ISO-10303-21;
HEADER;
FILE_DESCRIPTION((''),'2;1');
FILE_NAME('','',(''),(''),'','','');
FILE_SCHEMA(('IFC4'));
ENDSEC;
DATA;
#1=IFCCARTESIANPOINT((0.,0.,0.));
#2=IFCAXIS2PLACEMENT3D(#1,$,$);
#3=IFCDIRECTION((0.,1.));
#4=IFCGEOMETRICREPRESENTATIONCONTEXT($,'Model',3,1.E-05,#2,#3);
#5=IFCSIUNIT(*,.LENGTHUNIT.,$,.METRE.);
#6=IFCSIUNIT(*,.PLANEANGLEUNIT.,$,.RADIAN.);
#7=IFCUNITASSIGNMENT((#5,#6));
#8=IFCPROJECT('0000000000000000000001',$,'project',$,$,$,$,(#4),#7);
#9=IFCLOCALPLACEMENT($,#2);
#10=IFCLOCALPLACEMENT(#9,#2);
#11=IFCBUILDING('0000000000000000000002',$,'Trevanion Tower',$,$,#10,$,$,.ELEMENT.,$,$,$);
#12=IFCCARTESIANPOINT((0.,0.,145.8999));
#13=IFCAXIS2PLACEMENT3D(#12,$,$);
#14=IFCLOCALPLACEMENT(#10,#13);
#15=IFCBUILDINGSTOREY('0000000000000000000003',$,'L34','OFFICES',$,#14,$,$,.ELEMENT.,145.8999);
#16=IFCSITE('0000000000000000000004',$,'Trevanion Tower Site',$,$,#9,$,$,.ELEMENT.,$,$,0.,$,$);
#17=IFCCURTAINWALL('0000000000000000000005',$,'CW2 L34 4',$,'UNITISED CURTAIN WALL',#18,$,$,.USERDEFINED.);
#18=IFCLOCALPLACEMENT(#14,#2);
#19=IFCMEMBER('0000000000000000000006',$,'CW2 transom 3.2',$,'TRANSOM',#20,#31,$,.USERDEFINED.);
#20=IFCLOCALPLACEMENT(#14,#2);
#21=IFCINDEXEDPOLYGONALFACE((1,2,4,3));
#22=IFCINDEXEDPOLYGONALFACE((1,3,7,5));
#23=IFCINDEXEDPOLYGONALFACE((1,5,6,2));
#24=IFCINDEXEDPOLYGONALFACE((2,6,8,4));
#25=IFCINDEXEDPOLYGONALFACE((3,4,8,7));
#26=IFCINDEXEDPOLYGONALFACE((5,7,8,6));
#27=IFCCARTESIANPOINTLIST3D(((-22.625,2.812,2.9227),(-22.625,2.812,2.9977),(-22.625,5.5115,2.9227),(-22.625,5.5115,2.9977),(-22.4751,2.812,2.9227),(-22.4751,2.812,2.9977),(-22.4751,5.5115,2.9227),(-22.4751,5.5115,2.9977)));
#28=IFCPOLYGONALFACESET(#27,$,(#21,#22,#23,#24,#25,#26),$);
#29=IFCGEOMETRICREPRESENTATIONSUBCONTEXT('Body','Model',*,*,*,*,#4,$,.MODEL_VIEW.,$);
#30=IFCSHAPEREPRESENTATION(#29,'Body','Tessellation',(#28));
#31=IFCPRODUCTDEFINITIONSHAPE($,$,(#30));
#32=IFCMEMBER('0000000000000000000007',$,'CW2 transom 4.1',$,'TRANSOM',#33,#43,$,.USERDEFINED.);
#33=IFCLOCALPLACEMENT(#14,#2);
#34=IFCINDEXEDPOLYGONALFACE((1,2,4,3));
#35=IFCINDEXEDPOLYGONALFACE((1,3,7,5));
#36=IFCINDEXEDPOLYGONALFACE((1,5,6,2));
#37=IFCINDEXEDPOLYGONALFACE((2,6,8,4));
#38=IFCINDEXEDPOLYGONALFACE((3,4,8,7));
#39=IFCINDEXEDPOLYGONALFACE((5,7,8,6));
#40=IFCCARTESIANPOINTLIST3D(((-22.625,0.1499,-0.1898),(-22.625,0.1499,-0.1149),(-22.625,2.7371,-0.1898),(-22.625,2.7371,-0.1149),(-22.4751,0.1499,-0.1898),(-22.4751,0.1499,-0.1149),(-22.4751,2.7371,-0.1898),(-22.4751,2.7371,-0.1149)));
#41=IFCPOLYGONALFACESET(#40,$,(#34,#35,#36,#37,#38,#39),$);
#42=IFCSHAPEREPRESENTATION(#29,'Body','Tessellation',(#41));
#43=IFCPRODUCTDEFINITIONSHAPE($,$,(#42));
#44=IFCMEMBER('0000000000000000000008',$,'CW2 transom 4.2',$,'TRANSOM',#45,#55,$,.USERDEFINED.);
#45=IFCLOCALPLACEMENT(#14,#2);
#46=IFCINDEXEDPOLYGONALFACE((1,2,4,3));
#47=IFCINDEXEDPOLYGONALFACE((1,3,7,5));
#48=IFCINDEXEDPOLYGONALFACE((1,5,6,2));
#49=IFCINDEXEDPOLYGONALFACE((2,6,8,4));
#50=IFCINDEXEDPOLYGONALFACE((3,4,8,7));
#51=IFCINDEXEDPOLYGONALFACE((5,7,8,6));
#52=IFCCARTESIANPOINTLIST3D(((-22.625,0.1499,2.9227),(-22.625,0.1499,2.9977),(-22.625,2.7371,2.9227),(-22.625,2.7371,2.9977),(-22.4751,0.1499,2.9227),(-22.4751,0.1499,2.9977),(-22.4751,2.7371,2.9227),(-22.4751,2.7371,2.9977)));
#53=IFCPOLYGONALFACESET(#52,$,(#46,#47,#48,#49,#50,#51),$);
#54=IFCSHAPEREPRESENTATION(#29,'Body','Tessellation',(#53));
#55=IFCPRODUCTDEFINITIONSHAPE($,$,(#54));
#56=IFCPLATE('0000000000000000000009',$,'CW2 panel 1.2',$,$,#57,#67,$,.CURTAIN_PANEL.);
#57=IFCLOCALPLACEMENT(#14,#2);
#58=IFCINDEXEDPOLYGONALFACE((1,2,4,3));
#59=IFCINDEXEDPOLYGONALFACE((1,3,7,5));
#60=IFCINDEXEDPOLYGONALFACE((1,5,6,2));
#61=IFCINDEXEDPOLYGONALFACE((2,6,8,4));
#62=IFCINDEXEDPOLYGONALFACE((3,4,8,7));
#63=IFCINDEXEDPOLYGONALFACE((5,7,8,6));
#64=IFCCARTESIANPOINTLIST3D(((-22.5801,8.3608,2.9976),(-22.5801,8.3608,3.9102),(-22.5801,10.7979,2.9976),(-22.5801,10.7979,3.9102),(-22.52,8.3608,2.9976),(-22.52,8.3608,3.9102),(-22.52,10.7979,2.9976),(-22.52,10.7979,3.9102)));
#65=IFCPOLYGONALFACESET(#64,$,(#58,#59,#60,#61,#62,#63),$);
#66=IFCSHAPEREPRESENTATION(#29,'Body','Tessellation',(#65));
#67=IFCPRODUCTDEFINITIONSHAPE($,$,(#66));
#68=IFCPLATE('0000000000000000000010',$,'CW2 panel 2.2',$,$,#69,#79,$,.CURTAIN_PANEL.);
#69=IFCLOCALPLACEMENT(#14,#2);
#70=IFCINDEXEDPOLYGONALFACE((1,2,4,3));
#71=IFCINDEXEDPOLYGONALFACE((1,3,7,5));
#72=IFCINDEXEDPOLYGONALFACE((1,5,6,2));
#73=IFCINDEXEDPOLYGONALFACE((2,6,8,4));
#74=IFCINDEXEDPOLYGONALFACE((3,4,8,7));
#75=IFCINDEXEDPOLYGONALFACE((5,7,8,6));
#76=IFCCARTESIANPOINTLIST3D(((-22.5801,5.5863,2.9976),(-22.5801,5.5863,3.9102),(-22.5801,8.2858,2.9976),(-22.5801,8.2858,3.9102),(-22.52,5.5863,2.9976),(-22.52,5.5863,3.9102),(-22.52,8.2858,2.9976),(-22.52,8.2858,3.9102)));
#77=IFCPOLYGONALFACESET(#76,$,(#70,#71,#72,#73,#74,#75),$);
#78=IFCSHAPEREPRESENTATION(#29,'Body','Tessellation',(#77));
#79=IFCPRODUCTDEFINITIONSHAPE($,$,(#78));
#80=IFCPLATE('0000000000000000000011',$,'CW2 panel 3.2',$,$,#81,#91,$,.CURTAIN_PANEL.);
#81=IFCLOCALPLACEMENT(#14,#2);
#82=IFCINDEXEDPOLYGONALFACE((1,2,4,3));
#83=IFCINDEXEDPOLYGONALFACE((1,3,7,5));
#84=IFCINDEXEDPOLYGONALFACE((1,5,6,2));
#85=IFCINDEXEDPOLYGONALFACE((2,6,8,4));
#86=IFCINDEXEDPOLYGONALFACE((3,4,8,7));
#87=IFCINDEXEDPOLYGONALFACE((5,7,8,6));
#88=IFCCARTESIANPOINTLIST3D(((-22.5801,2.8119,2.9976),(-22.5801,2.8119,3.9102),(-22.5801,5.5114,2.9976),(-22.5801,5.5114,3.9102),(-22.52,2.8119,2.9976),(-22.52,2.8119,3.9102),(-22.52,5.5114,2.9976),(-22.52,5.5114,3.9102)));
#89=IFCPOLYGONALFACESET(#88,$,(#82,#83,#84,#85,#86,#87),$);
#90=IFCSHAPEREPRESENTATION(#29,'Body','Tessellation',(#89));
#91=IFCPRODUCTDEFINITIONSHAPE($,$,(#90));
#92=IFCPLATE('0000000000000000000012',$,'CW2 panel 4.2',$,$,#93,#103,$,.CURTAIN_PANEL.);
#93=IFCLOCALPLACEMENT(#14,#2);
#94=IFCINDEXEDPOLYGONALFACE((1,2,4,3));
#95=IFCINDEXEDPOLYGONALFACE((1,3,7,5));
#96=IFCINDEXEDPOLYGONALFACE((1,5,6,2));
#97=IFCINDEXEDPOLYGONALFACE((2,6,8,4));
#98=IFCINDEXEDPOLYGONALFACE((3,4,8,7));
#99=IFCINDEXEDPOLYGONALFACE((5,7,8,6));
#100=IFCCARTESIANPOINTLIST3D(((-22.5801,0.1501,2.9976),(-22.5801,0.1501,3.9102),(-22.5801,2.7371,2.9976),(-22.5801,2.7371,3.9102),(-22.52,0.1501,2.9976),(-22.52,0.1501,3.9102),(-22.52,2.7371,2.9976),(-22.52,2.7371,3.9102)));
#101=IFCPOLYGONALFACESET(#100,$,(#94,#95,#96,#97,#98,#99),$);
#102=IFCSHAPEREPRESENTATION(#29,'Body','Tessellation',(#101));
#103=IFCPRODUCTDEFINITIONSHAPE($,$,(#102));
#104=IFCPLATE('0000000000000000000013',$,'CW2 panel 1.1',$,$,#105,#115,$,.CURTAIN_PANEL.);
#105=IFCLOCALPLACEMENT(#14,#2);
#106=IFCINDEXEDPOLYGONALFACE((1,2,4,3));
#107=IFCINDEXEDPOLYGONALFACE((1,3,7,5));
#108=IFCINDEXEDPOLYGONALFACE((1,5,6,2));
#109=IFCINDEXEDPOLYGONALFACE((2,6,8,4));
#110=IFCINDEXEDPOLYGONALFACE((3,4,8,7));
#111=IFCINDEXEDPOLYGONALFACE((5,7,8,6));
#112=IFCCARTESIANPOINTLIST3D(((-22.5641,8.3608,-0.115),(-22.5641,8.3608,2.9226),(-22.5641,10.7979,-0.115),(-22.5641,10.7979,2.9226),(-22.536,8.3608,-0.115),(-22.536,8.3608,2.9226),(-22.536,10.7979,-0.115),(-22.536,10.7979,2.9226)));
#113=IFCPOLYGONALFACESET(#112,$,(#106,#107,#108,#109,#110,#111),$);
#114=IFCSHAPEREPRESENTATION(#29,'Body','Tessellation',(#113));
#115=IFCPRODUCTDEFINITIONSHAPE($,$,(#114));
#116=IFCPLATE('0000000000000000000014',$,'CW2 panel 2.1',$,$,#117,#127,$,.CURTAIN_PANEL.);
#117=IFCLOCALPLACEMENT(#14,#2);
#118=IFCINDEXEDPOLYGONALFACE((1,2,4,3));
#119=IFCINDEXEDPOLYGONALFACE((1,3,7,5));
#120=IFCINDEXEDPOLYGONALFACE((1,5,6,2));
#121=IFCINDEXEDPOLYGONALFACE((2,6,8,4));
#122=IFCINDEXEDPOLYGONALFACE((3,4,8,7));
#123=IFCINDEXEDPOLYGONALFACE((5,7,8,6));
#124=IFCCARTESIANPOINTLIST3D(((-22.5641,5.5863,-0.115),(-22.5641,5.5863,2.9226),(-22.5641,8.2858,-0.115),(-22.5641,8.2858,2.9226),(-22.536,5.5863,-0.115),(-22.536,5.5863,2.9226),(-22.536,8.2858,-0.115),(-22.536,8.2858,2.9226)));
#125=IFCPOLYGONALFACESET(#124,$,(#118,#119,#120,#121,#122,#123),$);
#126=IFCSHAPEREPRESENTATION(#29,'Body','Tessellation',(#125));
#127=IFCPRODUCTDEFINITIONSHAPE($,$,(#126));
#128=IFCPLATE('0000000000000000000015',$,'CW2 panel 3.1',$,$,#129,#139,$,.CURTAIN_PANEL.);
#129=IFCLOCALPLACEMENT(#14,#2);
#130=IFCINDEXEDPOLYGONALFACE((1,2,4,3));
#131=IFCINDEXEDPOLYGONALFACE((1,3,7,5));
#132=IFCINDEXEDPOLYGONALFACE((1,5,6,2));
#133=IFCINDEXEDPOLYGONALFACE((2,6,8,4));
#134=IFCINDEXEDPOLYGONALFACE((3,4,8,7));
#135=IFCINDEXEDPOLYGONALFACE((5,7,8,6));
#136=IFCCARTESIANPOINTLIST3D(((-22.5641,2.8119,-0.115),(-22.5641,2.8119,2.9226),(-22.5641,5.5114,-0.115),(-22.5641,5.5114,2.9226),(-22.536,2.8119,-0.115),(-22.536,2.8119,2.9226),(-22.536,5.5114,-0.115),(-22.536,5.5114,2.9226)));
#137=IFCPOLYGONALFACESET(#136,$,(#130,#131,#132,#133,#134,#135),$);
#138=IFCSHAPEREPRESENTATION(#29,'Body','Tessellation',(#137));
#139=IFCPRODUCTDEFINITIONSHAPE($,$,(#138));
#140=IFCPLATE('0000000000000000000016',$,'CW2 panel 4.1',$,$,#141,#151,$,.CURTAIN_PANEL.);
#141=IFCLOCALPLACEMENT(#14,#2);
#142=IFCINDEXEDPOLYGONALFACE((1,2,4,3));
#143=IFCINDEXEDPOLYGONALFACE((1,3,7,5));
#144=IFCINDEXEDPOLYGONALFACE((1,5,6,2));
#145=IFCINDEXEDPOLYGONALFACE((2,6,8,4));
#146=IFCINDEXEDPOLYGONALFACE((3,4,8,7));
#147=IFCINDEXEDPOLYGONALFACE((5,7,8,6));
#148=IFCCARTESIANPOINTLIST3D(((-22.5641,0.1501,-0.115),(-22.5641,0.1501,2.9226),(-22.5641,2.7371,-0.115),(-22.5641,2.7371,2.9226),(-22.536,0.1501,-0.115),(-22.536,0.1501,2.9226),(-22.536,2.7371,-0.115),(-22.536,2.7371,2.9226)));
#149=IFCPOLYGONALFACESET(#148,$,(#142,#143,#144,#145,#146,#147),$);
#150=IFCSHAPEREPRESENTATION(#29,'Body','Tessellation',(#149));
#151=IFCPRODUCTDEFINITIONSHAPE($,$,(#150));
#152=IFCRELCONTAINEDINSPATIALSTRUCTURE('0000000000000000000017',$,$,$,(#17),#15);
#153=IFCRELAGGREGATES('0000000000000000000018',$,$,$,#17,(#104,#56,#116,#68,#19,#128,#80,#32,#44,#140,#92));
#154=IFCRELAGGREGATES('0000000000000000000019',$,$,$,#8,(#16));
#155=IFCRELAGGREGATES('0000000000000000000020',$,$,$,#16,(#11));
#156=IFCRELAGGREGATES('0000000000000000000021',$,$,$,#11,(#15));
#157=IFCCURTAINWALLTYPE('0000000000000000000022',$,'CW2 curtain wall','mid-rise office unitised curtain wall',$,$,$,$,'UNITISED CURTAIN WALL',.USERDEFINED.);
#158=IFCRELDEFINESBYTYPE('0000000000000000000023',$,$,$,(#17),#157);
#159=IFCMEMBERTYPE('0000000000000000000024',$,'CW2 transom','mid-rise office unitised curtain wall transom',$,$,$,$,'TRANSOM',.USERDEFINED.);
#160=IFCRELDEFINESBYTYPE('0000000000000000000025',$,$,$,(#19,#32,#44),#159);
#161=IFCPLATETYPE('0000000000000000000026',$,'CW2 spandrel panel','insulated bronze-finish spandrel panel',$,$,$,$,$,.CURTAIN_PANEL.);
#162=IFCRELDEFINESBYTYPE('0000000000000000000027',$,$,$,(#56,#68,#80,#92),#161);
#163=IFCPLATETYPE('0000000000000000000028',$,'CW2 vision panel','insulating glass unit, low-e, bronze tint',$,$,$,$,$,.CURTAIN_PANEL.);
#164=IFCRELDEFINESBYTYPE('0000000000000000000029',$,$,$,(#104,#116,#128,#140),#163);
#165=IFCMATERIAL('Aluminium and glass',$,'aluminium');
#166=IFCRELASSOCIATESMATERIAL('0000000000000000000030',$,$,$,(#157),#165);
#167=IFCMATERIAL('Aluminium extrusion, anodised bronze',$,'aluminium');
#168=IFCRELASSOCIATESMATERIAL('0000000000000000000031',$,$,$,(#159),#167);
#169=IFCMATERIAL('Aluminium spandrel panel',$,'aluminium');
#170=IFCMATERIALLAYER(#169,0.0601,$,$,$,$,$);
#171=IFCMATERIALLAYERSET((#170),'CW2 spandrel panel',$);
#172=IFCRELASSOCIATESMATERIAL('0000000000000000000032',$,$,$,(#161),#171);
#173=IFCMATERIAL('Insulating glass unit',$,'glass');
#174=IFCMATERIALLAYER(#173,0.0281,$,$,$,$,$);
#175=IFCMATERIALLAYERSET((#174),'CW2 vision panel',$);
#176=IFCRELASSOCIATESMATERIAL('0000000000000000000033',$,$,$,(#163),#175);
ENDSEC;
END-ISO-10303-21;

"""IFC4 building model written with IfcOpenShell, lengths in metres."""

from ifc_helpers import new_model, si_unit, direction, frame, origin, origin_2d, place, context, subcontext, project, spatial, rectangle, extrude, material, layer, layer_set, material_profile, profile_set, type_object, element, aggregate, save


model = new_model("IFC4")

# Units and contexts
model_context = context("Model", 3, precision=1e-05, world=origin(), true_north=direction((0.0, 1.0)))
body_context = subcontext(model_context, "Body", "Model", "MODEL_VIEW")
ifc_project = project(units=[si_unit("LENGTHUNIT", "METRE"), si_unit("PLANEANGLEUNIT", "RADIAN")], contexts=[model_context])

# Site, building, storey
site_placement = place(None, origin())
site = spatial("IfcSite", under=ifc_project, at=site_placement, Name="Trevanion Tower Site", CompositionType="ELEMENT", RefElevation=0.0)
building_placement = place(site_placement, origin())
building = spatial("IfcBuilding", under=site, at=building_placement, Name="Trevanion Tower", CompositionType="ELEMENT")
storey_placement = place(building_placement, frame((0.0, 0.0, 145.8999)))
storey = spatial("IfcBuildingStorey", under=building, at=storey_placement, Name="L34", Description="OFFICES", CompositionType="ELEMENT", Elevation=145.8999)

# Curtain wall, members, plates
ifc_material_1 = material(Name="Aluminium and glass", Category="aluminium")
curtain_wall_type = type_object("IfcCurtainWallType", Name="CW2 curtain wall", Description="mid-rise office unitised curtain wall", ElementType="UNITISED CURTAIN WALL", PredefinedType="USERDEFINED", material=ifc_material_1)
curtain_wall_placement = place(storey_placement, origin())
curtain_wall = element("IfcCurtainWall", 1, at=curtain_wall_placement, inside=storey, type_object=curtain_wall_type, Name="CW2 L34 4", ObjectType="UNITISED CURTAIN WALL", PredefinedType="USERDEFINED")
ifc_material_2 = material(Name="Aluminium extrusion, anodised bronze", Category="aluminium")
ifc_material_profile_1 = material_profile(ifc_material_2, rectangle(XDim=0.1499, YDim=0.075, at=origin_2d()), Name="CW2 transom")
ifc_profile_set_1 = profile_set([ifc_material_profile_1], Name="Aluminium extrusion, anodised bronze")
member_type_1 = type_object("IfcMemberType", Name="CW2 transom", Description="mid-rise office unitised curtain wall transom", ElementType="TRANSOM", PredefinedType="USERDEFINED", material=ifc_profile_set_1)
member_1_placement = place(storey_placement, frame((-22.55, 5.5115, 2.9602), z_axis=(0.0, -1.0, 0.0), x_axis=(1.0, 0.0, 0.0)))
member_1 = element("IfcMember", 2, at=member_1_placement, type_object=member_type_1, Name="CW2 transom 3.2", ObjectType="TRANSOM", PredefinedType="USERDEFINED", context=body_context, shape_type="SweptSolid", body=[
    extrude(rectangle(XDim=0.1499, YDim=0.075, at=origin_2d()), origin(), (0.0, 0.0, 1.0), 2.6995),
])
member_2_placement = place(storey_placement, frame((-22.55, 2.7371, -0.1523), z_axis=(0.0, -1.0, 0.0), x_axis=(1.0, 0.0, 0.0)))
member_2 = element("IfcMember", 3, at=member_2_placement, type_object=member_type_1, Name="CW2 transom 4.1", ObjectType="TRANSOM", PredefinedType="USERDEFINED", context=body_context, shape_type="SweptSolid", body=[
    extrude(rectangle(XDim=0.1499, YDim=0.075, at=origin_2d()), origin(), (0.0, 0.0, 1.0), 2.5872),
])
member_3_placement = place(storey_placement, frame((-22.55, 2.7371, 2.9602), z_axis=(0.0, -1.0, 0.0), x_axis=(1.0, 0.0, 0.0)))
member_3 = element("IfcMember", 4, at=member_3_placement, type_object=member_type_1, Name="CW2 transom 4.2", ObjectType="TRANSOM", PredefinedType="USERDEFINED", context=body_context, shape_type="SweptSolid", body=[
    extrude(rectangle(XDim=0.1499, YDim=0.075, at=origin_2d()), origin(), (0.0, 0.0, 1.0), 2.5872),
])
ifc_material_3 = material(Name="Aluminium spandrel panel", Category="aluminium")
ifc_layer_1 = layer(ifc_material_3, 0.0601)
ifc_layer_set_1 = layer_set([ifc_layer_1], Name="CW2 spandrel panel")
plate_type_1 = type_object("IfcPlateType", Name="CW2 spandrel panel", Description="insulated bronze-finish spandrel panel", PredefinedType="CURTAIN_PANEL", material=ifc_layer_set_1)
plate_1_placement = place(storey_placement, frame((-22.55, 9.5793, 2.9976), z_axis=(0.0, 0.0, 1.0), x_axis=(0.0, -1.0, 0.0)))
plate_1 = element("IfcPlate", 5, at=plate_1_placement, type_object=plate_type_1, Name="CW2 panel 1.2", PredefinedType="CURTAIN_PANEL", context=body_context, shape_type="SweptSolid", body=[
    extrude(rectangle(XDim=2.437, YDim=0.0601, at=origin_2d()), origin(), (0.0, 0.0, 1.0), 0.9126),
])
plate_2_placement = place(storey_placement, frame((-22.55, 6.936, 2.9976), z_axis=(0.0, 0.0, 1.0), x_axis=(0.0, -1.0, 0.0)))
plate_2 = element("IfcPlate", 6, at=plate_2_placement, type_object=plate_type_1, Name="CW2 panel 2.2", PredefinedType="CURTAIN_PANEL", context=body_context, shape_type="SweptSolid", body=[
    extrude(rectangle(XDim=2.6995, YDim=0.0601, at=origin_2d()), origin(), (0.0, 0.0, 1.0), 0.9126),
])
plate_3_placement = place(storey_placement, frame((-22.55, 4.1616, 2.9976), z_axis=(0.0, 0.0, 1.0), x_axis=(0.0, -1.0, 0.0)))
plate_3 = element("IfcPlate", 7, at=plate_3_placement, type_object=plate_type_1, Name="CW2 panel 3.2", PredefinedType="CURTAIN_PANEL", context=body_context, shape_type="SweptSolid", body=[
    extrude(rectangle(XDim=2.6995, YDim=0.0601, at=origin_2d()), origin(), (0.0, 0.0, 1.0), 0.9126),
])
plate_4_placement = place(storey_placement, frame((-22.55, 1.4436, 2.9976), z_axis=(0.0, 0.0, 1.0), x_axis=(0.0, -1.0, 0.0)))
plate_4 = element("IfcPlate", 8, at=plate_4_placement, type_object=plate_type_1, Name="CW2 panel 4.2", PredefinedType="CURTAIN_PANEL", context=body_context, shape_type="SweptSolid", body=[
    extrude(rectangle(XDim=2.5869, YDim=0.0601, at=origin_2d()), origin(), (0.0, 0.0, 1.0), 0.9126),
])
ifc_material_4 = material(Name="Insulating glass unit", Category="glass")
ifc_layer_2 = layer(ifc_material_4, 0.0281)
ifc_layer_set_2 = layer_set([ifc_layer_2], Name="CW2 vision panel")
plate_type_2 = type_object("IfcPlateType", Name="CW2 vision panel", Description="insulating glass unit, low-e, bronze tint", PredefinedType="CURTAIN_PANEL", material=ifc_layer_set_2)
plate_5_placement = place(storey_placement, frame((-22.55, 9.5793, -0.115), z_axis=(0.0, 0.0, 1.0), x_axis=(0.0, -1.0, 0.0)))
plate_5 = element("IfcPlate", 9, at=plate_5_placement, type_object=plate_type_2, Name="CW2 panel 1.1", PredefinedType="CURTAIN_PANEL", context=body_context, shape_type="SweptSolid", body=[
    extrude(rectangle(XDim=2.437, YDim=0.0281, at=origin_2d()), origin(), (0.0, 0.0, 1.0), 3.0376),
])
plate_6_placement = place(storey_placement, frame((-22.55, 6.936, -0.115), z_axis=(0.0, 0.0, 1.0), x_axis=(0.0, -1.0, 0.0)))
plate_6 = element("IfcPlate", 10, at=plate_6_placement, type_object=plate_type_2, Name="CW2 panel 2.1", PredefinedType="CURTAIN_PANEL", context=body_context, shape_type="SweptSolid", body=[
    extrude(rectangle(XDim=2.6995, YDim=0.0281, at=origin_2d()), origin(), (0.0, 0.0, 1.0), 3.0376),
])
plate_7_placement = place(storey_placement, frame((-22.55, 4.1616, -0.115), z_axis=(0.0, 0.0, 1.0), x_axis=(0.0, -1.0, 0.0)))
plate_7 = element("IfcPlate", 11, at=plate_7_placement, type_object=plate_type_2, Name="CW2 panel 3.1", PredefinedType="CURTAIN_PANEL", context=body_context, shape_type="SweptSolid", body=[
    extrude(rectangle(XDim=2.6995, YDim=0.0281, at=origin_2d()), origin(), (0.0, 0.0, 1.0), 3.0376),
])
plate_8_placement = place(storey_placement, frame((-22.55, 1.4436, -0.115), z_axis=(0.0, 0.0, 1.0), x_axis=(0.0, -1.0, 0.0)))
plate_8 = element("IfcPlate", 12, at=plate_8_placement, type_object=plate_type_2, Name="CW2 panel 4.1", PredefinedType="CURTAIN_PANEL", context=body_context, shape_type="SweptSolid", body=[
    extrude(rectangle(XDim=2.5869, YDim=0.0281, at=origin_2d()), origin(), (0.0, 0.0, 1.0), 3.0376),
])
aggregate(curtain_wall, [plate_5, plate_1, plate_6, plate_2, member_1, plate_7, plate_3, member_2, member_3, plate_8, plate_4])

save(model, "model.ifc")
